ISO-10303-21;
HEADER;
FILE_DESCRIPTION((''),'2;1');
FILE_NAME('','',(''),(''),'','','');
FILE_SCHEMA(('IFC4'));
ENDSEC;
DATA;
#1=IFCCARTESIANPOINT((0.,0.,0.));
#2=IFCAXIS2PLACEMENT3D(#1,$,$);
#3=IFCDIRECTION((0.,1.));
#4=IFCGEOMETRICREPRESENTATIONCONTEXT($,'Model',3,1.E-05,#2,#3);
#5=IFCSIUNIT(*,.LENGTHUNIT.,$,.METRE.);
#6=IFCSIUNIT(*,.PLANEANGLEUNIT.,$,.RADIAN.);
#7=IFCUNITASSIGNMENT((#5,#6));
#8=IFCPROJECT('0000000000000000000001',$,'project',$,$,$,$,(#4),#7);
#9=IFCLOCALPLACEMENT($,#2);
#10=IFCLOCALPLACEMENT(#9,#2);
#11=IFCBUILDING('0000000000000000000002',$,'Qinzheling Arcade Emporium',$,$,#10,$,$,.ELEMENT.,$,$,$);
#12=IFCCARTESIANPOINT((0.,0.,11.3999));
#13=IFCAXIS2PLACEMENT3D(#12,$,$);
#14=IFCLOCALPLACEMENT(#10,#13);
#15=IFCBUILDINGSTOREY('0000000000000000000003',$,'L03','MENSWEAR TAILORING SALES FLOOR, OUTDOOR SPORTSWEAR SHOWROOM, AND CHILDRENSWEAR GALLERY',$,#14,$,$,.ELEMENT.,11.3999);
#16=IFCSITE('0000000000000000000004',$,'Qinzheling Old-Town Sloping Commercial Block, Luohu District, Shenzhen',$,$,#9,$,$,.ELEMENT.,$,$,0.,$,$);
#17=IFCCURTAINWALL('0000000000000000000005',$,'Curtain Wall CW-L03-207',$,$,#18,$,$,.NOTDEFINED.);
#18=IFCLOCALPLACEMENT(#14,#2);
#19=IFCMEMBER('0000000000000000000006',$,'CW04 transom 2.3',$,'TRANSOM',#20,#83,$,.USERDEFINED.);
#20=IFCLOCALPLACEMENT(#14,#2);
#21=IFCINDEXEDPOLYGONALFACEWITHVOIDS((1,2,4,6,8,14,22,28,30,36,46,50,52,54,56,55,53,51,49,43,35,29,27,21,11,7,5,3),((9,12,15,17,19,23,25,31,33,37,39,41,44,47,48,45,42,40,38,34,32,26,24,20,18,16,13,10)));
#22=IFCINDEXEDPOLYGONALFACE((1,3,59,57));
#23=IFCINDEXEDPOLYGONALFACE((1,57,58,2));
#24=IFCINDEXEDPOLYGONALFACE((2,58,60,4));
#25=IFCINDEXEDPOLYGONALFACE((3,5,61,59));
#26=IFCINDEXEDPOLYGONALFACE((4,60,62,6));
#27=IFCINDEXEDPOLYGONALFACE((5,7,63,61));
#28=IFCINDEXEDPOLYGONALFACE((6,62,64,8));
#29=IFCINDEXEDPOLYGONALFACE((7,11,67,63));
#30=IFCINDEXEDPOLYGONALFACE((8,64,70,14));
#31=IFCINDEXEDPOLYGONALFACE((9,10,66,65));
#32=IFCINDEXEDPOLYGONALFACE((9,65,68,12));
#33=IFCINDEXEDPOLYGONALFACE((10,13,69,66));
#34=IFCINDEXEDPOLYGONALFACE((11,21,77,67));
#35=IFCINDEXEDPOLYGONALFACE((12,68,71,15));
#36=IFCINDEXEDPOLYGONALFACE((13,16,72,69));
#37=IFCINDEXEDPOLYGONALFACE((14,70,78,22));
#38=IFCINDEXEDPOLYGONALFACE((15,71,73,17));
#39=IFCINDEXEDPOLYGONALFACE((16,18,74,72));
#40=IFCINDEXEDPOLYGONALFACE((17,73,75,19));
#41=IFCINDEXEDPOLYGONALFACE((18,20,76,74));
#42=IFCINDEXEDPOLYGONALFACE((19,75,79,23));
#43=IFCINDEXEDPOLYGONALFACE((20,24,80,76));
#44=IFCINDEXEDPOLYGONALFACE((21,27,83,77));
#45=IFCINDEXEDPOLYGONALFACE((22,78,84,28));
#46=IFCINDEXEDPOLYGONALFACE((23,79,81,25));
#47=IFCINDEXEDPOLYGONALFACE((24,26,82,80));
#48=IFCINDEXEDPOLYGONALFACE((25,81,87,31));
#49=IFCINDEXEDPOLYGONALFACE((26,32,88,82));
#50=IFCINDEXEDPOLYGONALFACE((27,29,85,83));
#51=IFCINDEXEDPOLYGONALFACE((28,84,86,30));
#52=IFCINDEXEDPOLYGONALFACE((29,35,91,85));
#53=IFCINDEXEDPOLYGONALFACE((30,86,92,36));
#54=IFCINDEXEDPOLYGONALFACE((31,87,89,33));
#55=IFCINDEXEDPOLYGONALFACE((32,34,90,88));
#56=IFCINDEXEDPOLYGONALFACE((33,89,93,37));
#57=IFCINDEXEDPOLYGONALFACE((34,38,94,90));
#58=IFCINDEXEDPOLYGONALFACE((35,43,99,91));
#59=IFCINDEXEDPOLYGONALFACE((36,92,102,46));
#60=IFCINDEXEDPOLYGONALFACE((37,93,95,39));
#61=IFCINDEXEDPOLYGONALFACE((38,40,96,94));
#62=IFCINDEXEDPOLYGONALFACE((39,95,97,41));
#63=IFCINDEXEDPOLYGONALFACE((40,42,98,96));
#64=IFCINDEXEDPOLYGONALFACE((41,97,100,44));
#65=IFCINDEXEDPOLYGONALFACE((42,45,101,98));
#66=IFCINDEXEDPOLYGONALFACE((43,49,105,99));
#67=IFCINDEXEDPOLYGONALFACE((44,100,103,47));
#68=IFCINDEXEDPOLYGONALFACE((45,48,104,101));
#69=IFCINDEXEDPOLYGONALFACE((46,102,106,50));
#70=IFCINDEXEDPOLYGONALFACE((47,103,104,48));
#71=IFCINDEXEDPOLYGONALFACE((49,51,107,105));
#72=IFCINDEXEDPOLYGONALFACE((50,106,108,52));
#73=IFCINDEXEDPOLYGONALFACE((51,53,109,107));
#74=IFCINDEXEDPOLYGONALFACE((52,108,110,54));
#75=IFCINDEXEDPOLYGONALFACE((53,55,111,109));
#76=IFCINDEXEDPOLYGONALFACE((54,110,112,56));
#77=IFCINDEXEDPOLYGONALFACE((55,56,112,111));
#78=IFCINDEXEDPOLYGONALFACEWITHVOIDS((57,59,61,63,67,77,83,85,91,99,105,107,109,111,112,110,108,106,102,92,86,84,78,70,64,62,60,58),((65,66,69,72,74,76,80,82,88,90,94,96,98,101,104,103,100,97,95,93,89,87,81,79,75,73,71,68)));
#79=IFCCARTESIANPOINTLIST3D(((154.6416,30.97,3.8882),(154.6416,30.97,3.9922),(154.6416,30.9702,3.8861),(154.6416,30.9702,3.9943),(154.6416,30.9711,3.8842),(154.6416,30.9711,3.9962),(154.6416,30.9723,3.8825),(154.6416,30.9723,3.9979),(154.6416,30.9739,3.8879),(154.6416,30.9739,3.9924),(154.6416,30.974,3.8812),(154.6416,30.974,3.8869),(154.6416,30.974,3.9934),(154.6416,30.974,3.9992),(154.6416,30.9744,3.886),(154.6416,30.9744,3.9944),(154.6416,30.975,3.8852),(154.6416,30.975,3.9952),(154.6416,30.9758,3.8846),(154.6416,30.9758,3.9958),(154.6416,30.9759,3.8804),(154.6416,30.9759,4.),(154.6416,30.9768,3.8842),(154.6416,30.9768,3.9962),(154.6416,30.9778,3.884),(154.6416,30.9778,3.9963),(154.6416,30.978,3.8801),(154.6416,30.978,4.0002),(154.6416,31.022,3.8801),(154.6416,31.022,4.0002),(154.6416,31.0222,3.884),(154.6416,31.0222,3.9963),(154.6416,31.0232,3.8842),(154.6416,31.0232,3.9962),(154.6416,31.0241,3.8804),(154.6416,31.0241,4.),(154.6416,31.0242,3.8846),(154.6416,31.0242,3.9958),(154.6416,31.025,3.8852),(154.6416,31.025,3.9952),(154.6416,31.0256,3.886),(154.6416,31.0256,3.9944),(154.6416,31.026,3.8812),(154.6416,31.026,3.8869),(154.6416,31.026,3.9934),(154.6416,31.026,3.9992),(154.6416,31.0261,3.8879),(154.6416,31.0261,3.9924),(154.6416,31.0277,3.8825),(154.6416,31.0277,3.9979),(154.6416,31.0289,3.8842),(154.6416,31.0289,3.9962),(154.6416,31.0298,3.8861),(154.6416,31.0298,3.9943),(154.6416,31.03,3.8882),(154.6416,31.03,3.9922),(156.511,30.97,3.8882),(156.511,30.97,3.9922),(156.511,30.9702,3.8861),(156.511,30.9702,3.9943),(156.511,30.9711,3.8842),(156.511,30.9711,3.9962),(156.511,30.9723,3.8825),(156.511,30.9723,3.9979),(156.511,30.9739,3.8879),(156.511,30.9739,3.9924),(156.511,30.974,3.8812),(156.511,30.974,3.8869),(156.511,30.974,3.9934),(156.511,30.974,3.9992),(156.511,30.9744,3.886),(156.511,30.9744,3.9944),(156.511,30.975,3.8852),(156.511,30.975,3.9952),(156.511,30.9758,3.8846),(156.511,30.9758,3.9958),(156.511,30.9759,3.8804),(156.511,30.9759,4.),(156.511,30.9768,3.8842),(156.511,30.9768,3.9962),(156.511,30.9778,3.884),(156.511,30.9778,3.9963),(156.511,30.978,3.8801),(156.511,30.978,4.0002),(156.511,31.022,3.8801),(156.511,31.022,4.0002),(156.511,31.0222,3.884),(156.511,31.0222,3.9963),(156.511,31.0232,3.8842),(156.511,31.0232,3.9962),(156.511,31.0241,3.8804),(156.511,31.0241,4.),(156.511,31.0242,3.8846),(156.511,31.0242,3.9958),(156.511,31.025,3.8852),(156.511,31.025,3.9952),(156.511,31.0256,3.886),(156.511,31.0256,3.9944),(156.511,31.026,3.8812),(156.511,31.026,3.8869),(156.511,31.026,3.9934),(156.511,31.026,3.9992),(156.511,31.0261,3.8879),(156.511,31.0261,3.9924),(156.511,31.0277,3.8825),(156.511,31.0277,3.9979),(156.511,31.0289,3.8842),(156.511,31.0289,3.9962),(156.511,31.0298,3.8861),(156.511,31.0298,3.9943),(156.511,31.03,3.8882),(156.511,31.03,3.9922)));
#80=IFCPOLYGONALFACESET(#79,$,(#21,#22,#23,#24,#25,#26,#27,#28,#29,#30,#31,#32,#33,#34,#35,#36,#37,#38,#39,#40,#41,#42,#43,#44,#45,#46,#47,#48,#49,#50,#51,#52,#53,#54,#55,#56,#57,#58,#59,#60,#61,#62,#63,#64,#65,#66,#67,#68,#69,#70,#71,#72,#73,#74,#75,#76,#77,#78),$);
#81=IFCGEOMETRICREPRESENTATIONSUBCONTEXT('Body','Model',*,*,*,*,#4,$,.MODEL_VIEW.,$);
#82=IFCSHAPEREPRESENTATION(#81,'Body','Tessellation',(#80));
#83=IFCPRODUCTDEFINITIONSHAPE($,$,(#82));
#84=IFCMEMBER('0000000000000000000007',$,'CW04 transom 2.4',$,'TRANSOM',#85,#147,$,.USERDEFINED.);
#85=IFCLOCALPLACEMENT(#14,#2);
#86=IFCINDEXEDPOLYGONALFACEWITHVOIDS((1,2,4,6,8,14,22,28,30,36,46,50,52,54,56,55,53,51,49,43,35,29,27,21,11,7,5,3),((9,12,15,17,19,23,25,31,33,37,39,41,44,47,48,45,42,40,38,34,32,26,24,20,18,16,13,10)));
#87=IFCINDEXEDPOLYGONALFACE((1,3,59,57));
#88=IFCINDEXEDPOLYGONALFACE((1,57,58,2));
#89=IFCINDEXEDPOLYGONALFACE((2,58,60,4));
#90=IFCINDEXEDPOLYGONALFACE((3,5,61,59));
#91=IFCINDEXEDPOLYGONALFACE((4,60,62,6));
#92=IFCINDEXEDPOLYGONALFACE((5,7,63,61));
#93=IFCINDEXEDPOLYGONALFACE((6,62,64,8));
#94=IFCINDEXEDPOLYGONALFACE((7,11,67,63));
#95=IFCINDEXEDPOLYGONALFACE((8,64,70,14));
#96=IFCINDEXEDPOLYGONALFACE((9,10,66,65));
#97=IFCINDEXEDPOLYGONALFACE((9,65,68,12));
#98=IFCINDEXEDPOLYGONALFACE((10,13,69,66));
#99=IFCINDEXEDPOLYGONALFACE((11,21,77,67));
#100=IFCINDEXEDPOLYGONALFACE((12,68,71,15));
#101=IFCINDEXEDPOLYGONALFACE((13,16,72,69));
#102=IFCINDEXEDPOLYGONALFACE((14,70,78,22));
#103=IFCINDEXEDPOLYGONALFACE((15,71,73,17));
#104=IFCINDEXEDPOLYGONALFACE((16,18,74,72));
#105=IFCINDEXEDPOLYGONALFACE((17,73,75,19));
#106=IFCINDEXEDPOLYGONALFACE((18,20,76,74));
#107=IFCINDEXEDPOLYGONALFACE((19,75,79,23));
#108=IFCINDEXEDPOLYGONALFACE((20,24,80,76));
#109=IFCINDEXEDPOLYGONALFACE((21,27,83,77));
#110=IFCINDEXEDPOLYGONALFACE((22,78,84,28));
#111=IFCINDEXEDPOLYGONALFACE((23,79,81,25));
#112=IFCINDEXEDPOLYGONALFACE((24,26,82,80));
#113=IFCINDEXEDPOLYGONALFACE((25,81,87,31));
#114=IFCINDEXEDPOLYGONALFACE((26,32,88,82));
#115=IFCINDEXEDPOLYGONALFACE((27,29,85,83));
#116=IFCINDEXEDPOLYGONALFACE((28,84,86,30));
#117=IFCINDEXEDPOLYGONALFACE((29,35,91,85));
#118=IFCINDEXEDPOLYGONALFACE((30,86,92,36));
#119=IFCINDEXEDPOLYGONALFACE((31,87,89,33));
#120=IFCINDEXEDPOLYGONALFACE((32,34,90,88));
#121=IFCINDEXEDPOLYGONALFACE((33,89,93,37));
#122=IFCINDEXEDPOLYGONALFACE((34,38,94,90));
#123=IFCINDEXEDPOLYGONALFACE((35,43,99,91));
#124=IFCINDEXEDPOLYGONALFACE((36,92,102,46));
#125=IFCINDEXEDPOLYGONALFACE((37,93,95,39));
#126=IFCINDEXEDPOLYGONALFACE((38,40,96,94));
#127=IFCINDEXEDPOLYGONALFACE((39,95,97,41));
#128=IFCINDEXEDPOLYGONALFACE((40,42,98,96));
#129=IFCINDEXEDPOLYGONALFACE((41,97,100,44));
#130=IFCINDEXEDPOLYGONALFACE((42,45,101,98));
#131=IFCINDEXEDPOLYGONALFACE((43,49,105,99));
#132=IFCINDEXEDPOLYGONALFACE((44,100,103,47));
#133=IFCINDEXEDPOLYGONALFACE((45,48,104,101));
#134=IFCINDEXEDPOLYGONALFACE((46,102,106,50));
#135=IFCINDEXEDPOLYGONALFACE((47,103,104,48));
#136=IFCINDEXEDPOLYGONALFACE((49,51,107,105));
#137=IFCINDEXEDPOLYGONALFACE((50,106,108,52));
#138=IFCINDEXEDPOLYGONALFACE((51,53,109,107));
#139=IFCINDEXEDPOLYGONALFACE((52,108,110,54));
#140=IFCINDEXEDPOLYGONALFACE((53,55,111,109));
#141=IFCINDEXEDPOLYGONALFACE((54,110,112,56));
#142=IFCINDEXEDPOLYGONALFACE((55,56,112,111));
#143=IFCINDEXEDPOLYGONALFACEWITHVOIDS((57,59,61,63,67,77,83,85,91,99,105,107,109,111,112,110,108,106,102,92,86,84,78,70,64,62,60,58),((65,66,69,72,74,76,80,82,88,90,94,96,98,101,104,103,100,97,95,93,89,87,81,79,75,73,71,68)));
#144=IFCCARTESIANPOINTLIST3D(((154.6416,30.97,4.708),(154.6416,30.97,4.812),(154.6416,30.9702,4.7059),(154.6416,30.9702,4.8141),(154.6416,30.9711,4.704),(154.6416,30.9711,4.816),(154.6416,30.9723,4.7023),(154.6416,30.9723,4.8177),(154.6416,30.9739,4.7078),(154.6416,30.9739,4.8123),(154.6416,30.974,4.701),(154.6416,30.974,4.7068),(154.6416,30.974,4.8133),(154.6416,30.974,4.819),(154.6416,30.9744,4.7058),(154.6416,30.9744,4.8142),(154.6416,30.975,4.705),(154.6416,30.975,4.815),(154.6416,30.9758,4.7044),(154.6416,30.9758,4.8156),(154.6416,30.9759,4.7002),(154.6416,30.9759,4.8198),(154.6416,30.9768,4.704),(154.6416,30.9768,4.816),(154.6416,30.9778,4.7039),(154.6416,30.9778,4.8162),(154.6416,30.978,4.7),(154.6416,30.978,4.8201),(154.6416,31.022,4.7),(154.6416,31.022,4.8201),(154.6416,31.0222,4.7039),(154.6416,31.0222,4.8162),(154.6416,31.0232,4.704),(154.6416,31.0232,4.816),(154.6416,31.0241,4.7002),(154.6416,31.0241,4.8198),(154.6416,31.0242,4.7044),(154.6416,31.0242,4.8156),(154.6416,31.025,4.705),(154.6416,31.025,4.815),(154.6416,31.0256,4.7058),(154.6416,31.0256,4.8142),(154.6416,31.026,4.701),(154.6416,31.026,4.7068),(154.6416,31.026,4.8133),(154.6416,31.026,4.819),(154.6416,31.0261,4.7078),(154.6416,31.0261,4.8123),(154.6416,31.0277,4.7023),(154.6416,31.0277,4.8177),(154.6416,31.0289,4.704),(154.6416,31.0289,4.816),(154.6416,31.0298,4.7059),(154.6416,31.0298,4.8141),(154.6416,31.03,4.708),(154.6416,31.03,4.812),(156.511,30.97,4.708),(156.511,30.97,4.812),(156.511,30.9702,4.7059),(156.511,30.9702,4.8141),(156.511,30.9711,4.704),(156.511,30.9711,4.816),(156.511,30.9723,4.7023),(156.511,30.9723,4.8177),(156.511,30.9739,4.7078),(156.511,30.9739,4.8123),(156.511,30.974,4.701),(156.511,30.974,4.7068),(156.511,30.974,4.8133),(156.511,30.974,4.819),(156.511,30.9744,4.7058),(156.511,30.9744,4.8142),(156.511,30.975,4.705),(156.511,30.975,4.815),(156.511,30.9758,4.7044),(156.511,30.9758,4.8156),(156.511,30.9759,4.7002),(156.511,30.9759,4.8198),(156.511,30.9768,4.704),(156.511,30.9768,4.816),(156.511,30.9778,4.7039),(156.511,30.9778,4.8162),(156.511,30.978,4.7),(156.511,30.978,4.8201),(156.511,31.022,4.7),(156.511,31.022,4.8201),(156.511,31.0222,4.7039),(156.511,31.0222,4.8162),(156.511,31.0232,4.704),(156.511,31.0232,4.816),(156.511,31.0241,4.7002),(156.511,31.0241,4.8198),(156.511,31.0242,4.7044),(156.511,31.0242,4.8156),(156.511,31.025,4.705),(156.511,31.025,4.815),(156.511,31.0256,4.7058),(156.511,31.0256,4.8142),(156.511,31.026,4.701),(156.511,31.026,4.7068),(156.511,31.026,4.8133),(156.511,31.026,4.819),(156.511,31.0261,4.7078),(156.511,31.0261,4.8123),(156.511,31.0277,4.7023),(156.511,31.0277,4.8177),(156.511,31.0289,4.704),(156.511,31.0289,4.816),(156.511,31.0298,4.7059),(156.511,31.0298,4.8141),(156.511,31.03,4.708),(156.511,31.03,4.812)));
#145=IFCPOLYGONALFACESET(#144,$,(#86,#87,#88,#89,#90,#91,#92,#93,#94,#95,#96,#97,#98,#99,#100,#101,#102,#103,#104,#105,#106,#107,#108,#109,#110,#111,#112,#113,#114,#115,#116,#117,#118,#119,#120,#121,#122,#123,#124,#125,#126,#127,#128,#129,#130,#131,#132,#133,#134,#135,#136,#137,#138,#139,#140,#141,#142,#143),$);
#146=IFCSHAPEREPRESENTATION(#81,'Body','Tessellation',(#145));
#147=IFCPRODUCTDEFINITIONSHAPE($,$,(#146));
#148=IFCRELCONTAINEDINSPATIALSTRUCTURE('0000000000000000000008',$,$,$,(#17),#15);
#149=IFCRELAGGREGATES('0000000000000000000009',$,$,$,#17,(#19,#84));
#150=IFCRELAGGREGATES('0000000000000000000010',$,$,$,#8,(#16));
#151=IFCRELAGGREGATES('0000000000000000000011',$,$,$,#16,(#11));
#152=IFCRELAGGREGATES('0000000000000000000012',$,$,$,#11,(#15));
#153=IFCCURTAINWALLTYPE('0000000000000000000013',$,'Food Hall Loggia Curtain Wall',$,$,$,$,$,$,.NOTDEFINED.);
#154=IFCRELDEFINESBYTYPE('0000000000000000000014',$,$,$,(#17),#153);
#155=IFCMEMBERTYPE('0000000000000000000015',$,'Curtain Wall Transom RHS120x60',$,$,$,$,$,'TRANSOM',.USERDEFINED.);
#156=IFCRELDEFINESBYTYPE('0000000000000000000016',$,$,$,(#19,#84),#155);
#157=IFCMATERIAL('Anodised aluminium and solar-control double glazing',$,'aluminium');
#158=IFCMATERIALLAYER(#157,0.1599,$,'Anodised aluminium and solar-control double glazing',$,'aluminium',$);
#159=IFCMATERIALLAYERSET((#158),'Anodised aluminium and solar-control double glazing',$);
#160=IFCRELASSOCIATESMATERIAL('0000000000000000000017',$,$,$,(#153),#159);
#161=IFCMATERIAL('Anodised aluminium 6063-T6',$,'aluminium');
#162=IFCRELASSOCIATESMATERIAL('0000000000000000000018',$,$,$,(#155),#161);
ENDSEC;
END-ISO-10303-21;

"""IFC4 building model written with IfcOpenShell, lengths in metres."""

from ifc_helpers import new_model, si_unit, direction, frame, origin, origin_2d, place, context, subcontext, project, spatial, hollow_rectangle, extrude, material, layer, layer_set, material_profile, profile_set, type_object, element, aggregate, save


model = new_model("IFC4")

# Units and contexts
model_context = context("Model", 3, precision=1e-05, world=origin(), true_north=direction((0.0, 1.0)))
body_context = subcontext(model_context, "Body", "Model", "MODEL_VIEW")
ifc_project = project(units=[si_unit("LENGTHUNIT", "METRE"), si_unit("PLANEANGLEUNIT", "RADIAN")], contexts=[model_context])

# Site, building, storey
site_placement = place(None, origin())
site = spatial("IfcSite", under=ifc_project, at=site_placement, Name="Qinzheling Old-Town Sloping Commercial Block, Luohu District, Shenzhen", CompositionType="ELEMENT", RefElevation=0.0)
building_placement = place(site_placement, origin())
building = spatial("IfcBuilding", under=site, at=building_placement, Name="Qinzheling Arcade Emporium", CompositionType="ELEMENT")
storey_placement = place(building_placement, frame((0.0, 0.0, 11.3999)))
storey = spatial("IfcBuildingStorey", under=building, at=storey_placement, Name="L03", Description="MENSWEAR TAILORING SALES FLOOR, OUTDOOR SPORTSWEAR SHOWROOM, AND CHILDRENSWEAR GALLERY", CompositionType="ELEMENT", Elevation=11.3999)

# Curtain wall, members
ifc_material_1 = material(Name="Anodised aluminium and solar-control double glazing", Category="aluminium")
ifc_layer_1 = layer(ifc_material_1, 0.1599, Name="Anodised aluminium and solar-control double glazing", Category="aluminium")
ifc_layer_set_1 = layer_set([ifc_layer_1], Name="Anodised aluminium and solar-control double glazing")
curtain_wall_type = type_object("IfcCurtainWallType", Name="Food Hall Loggia Curtain Wall", PredefinedType="NOTDEFINED", material=ifc_layer_set_1)
curtain_wall_placement = place(storey_placement, origin())
curtain_wall = element("IfcCurtainWall", 1, at=curtain_wall_placement, inside=storey, type_object=curtain_wall_type, Name="Curtain Wall CW-L03-207", PredefinedType="NOTDEFINED")
ifc_material_2 = material(Name="Anodised aluminium 6063-T6", Category="aluminium")
ifc_material_profile_1 = material_profile(ifc_material_2, hollow_rectangle(XDim=0.0601, YDim=0.1201, WallThickness=0.0039, InnerFilletRadius=0.0039, OuterFilletRadius=0.0081, at=origin_2d()), Name="RHS 120x60x4", Category="aluminium")
ifc_profile_set_1 = profile_set([ifc_material_profile_1], Name="Anodised aluminium 6063-T6")
member_type_1 = type_object("IfcMemberType", Name="Curtain Wall Transom RHS120x60", ElementType="TRANSOM", PredefinedType="USERDEFINED", material=ifc_profile_set_1)
member_1_placement = place(storey_placement, frame((154.6416, 31.0, 3.9402), z_axis=(1.0, 0.0, 0.0), x_axis=(0.0, 1.0, 0.0)))
member_1 = element("IfcMember", 2, at=member_1_placement, type_object=member_type_1, Name="CW04 transom 2.3", ObjectType="TRANSOM", PredefinedType="USERDEFINED", context=body_context, shape_type="SweptSolid", body=[
    extrude(hollow_rectangle(XDim=0.0601, YDim=0.1201, WallThickness=0.0039, InnerFilletRadius=0.0039, OuterFilletRadius=0.0081, at=origin_2d()), origin(), (0.0, 0.0, 1.0), 1.8694),
])
member_2_placement = place(storey_placement, frame((154.6416, 31.0, 4.76), z_axis=(1.0, 0.0, 0.0), x_axis=(0.0, 1.0, 0.0)))
member_2 = element("IfcMember", 3, at=member_2_placement, type_object=member_type_1, Name="CW04 transom 2.4", ObjectType="TRANSOM", PredefinedType="USERDEFINED", context=body_context, shape_type="SweptSolid", body=[
    extrude(hollow_rectangle(XDim=0.0601, YDim=0.1201, WallThickness=0.0039, InnerFilletRadius=0.0039, OuterFilletRadius=0.0081, at=origin_2d()), origin(), (0.0, 0.0, 1.0), 1.8694),
])
aggregate(curtain_wall, [member_1, member_2])

save(model, "model.ifc")
